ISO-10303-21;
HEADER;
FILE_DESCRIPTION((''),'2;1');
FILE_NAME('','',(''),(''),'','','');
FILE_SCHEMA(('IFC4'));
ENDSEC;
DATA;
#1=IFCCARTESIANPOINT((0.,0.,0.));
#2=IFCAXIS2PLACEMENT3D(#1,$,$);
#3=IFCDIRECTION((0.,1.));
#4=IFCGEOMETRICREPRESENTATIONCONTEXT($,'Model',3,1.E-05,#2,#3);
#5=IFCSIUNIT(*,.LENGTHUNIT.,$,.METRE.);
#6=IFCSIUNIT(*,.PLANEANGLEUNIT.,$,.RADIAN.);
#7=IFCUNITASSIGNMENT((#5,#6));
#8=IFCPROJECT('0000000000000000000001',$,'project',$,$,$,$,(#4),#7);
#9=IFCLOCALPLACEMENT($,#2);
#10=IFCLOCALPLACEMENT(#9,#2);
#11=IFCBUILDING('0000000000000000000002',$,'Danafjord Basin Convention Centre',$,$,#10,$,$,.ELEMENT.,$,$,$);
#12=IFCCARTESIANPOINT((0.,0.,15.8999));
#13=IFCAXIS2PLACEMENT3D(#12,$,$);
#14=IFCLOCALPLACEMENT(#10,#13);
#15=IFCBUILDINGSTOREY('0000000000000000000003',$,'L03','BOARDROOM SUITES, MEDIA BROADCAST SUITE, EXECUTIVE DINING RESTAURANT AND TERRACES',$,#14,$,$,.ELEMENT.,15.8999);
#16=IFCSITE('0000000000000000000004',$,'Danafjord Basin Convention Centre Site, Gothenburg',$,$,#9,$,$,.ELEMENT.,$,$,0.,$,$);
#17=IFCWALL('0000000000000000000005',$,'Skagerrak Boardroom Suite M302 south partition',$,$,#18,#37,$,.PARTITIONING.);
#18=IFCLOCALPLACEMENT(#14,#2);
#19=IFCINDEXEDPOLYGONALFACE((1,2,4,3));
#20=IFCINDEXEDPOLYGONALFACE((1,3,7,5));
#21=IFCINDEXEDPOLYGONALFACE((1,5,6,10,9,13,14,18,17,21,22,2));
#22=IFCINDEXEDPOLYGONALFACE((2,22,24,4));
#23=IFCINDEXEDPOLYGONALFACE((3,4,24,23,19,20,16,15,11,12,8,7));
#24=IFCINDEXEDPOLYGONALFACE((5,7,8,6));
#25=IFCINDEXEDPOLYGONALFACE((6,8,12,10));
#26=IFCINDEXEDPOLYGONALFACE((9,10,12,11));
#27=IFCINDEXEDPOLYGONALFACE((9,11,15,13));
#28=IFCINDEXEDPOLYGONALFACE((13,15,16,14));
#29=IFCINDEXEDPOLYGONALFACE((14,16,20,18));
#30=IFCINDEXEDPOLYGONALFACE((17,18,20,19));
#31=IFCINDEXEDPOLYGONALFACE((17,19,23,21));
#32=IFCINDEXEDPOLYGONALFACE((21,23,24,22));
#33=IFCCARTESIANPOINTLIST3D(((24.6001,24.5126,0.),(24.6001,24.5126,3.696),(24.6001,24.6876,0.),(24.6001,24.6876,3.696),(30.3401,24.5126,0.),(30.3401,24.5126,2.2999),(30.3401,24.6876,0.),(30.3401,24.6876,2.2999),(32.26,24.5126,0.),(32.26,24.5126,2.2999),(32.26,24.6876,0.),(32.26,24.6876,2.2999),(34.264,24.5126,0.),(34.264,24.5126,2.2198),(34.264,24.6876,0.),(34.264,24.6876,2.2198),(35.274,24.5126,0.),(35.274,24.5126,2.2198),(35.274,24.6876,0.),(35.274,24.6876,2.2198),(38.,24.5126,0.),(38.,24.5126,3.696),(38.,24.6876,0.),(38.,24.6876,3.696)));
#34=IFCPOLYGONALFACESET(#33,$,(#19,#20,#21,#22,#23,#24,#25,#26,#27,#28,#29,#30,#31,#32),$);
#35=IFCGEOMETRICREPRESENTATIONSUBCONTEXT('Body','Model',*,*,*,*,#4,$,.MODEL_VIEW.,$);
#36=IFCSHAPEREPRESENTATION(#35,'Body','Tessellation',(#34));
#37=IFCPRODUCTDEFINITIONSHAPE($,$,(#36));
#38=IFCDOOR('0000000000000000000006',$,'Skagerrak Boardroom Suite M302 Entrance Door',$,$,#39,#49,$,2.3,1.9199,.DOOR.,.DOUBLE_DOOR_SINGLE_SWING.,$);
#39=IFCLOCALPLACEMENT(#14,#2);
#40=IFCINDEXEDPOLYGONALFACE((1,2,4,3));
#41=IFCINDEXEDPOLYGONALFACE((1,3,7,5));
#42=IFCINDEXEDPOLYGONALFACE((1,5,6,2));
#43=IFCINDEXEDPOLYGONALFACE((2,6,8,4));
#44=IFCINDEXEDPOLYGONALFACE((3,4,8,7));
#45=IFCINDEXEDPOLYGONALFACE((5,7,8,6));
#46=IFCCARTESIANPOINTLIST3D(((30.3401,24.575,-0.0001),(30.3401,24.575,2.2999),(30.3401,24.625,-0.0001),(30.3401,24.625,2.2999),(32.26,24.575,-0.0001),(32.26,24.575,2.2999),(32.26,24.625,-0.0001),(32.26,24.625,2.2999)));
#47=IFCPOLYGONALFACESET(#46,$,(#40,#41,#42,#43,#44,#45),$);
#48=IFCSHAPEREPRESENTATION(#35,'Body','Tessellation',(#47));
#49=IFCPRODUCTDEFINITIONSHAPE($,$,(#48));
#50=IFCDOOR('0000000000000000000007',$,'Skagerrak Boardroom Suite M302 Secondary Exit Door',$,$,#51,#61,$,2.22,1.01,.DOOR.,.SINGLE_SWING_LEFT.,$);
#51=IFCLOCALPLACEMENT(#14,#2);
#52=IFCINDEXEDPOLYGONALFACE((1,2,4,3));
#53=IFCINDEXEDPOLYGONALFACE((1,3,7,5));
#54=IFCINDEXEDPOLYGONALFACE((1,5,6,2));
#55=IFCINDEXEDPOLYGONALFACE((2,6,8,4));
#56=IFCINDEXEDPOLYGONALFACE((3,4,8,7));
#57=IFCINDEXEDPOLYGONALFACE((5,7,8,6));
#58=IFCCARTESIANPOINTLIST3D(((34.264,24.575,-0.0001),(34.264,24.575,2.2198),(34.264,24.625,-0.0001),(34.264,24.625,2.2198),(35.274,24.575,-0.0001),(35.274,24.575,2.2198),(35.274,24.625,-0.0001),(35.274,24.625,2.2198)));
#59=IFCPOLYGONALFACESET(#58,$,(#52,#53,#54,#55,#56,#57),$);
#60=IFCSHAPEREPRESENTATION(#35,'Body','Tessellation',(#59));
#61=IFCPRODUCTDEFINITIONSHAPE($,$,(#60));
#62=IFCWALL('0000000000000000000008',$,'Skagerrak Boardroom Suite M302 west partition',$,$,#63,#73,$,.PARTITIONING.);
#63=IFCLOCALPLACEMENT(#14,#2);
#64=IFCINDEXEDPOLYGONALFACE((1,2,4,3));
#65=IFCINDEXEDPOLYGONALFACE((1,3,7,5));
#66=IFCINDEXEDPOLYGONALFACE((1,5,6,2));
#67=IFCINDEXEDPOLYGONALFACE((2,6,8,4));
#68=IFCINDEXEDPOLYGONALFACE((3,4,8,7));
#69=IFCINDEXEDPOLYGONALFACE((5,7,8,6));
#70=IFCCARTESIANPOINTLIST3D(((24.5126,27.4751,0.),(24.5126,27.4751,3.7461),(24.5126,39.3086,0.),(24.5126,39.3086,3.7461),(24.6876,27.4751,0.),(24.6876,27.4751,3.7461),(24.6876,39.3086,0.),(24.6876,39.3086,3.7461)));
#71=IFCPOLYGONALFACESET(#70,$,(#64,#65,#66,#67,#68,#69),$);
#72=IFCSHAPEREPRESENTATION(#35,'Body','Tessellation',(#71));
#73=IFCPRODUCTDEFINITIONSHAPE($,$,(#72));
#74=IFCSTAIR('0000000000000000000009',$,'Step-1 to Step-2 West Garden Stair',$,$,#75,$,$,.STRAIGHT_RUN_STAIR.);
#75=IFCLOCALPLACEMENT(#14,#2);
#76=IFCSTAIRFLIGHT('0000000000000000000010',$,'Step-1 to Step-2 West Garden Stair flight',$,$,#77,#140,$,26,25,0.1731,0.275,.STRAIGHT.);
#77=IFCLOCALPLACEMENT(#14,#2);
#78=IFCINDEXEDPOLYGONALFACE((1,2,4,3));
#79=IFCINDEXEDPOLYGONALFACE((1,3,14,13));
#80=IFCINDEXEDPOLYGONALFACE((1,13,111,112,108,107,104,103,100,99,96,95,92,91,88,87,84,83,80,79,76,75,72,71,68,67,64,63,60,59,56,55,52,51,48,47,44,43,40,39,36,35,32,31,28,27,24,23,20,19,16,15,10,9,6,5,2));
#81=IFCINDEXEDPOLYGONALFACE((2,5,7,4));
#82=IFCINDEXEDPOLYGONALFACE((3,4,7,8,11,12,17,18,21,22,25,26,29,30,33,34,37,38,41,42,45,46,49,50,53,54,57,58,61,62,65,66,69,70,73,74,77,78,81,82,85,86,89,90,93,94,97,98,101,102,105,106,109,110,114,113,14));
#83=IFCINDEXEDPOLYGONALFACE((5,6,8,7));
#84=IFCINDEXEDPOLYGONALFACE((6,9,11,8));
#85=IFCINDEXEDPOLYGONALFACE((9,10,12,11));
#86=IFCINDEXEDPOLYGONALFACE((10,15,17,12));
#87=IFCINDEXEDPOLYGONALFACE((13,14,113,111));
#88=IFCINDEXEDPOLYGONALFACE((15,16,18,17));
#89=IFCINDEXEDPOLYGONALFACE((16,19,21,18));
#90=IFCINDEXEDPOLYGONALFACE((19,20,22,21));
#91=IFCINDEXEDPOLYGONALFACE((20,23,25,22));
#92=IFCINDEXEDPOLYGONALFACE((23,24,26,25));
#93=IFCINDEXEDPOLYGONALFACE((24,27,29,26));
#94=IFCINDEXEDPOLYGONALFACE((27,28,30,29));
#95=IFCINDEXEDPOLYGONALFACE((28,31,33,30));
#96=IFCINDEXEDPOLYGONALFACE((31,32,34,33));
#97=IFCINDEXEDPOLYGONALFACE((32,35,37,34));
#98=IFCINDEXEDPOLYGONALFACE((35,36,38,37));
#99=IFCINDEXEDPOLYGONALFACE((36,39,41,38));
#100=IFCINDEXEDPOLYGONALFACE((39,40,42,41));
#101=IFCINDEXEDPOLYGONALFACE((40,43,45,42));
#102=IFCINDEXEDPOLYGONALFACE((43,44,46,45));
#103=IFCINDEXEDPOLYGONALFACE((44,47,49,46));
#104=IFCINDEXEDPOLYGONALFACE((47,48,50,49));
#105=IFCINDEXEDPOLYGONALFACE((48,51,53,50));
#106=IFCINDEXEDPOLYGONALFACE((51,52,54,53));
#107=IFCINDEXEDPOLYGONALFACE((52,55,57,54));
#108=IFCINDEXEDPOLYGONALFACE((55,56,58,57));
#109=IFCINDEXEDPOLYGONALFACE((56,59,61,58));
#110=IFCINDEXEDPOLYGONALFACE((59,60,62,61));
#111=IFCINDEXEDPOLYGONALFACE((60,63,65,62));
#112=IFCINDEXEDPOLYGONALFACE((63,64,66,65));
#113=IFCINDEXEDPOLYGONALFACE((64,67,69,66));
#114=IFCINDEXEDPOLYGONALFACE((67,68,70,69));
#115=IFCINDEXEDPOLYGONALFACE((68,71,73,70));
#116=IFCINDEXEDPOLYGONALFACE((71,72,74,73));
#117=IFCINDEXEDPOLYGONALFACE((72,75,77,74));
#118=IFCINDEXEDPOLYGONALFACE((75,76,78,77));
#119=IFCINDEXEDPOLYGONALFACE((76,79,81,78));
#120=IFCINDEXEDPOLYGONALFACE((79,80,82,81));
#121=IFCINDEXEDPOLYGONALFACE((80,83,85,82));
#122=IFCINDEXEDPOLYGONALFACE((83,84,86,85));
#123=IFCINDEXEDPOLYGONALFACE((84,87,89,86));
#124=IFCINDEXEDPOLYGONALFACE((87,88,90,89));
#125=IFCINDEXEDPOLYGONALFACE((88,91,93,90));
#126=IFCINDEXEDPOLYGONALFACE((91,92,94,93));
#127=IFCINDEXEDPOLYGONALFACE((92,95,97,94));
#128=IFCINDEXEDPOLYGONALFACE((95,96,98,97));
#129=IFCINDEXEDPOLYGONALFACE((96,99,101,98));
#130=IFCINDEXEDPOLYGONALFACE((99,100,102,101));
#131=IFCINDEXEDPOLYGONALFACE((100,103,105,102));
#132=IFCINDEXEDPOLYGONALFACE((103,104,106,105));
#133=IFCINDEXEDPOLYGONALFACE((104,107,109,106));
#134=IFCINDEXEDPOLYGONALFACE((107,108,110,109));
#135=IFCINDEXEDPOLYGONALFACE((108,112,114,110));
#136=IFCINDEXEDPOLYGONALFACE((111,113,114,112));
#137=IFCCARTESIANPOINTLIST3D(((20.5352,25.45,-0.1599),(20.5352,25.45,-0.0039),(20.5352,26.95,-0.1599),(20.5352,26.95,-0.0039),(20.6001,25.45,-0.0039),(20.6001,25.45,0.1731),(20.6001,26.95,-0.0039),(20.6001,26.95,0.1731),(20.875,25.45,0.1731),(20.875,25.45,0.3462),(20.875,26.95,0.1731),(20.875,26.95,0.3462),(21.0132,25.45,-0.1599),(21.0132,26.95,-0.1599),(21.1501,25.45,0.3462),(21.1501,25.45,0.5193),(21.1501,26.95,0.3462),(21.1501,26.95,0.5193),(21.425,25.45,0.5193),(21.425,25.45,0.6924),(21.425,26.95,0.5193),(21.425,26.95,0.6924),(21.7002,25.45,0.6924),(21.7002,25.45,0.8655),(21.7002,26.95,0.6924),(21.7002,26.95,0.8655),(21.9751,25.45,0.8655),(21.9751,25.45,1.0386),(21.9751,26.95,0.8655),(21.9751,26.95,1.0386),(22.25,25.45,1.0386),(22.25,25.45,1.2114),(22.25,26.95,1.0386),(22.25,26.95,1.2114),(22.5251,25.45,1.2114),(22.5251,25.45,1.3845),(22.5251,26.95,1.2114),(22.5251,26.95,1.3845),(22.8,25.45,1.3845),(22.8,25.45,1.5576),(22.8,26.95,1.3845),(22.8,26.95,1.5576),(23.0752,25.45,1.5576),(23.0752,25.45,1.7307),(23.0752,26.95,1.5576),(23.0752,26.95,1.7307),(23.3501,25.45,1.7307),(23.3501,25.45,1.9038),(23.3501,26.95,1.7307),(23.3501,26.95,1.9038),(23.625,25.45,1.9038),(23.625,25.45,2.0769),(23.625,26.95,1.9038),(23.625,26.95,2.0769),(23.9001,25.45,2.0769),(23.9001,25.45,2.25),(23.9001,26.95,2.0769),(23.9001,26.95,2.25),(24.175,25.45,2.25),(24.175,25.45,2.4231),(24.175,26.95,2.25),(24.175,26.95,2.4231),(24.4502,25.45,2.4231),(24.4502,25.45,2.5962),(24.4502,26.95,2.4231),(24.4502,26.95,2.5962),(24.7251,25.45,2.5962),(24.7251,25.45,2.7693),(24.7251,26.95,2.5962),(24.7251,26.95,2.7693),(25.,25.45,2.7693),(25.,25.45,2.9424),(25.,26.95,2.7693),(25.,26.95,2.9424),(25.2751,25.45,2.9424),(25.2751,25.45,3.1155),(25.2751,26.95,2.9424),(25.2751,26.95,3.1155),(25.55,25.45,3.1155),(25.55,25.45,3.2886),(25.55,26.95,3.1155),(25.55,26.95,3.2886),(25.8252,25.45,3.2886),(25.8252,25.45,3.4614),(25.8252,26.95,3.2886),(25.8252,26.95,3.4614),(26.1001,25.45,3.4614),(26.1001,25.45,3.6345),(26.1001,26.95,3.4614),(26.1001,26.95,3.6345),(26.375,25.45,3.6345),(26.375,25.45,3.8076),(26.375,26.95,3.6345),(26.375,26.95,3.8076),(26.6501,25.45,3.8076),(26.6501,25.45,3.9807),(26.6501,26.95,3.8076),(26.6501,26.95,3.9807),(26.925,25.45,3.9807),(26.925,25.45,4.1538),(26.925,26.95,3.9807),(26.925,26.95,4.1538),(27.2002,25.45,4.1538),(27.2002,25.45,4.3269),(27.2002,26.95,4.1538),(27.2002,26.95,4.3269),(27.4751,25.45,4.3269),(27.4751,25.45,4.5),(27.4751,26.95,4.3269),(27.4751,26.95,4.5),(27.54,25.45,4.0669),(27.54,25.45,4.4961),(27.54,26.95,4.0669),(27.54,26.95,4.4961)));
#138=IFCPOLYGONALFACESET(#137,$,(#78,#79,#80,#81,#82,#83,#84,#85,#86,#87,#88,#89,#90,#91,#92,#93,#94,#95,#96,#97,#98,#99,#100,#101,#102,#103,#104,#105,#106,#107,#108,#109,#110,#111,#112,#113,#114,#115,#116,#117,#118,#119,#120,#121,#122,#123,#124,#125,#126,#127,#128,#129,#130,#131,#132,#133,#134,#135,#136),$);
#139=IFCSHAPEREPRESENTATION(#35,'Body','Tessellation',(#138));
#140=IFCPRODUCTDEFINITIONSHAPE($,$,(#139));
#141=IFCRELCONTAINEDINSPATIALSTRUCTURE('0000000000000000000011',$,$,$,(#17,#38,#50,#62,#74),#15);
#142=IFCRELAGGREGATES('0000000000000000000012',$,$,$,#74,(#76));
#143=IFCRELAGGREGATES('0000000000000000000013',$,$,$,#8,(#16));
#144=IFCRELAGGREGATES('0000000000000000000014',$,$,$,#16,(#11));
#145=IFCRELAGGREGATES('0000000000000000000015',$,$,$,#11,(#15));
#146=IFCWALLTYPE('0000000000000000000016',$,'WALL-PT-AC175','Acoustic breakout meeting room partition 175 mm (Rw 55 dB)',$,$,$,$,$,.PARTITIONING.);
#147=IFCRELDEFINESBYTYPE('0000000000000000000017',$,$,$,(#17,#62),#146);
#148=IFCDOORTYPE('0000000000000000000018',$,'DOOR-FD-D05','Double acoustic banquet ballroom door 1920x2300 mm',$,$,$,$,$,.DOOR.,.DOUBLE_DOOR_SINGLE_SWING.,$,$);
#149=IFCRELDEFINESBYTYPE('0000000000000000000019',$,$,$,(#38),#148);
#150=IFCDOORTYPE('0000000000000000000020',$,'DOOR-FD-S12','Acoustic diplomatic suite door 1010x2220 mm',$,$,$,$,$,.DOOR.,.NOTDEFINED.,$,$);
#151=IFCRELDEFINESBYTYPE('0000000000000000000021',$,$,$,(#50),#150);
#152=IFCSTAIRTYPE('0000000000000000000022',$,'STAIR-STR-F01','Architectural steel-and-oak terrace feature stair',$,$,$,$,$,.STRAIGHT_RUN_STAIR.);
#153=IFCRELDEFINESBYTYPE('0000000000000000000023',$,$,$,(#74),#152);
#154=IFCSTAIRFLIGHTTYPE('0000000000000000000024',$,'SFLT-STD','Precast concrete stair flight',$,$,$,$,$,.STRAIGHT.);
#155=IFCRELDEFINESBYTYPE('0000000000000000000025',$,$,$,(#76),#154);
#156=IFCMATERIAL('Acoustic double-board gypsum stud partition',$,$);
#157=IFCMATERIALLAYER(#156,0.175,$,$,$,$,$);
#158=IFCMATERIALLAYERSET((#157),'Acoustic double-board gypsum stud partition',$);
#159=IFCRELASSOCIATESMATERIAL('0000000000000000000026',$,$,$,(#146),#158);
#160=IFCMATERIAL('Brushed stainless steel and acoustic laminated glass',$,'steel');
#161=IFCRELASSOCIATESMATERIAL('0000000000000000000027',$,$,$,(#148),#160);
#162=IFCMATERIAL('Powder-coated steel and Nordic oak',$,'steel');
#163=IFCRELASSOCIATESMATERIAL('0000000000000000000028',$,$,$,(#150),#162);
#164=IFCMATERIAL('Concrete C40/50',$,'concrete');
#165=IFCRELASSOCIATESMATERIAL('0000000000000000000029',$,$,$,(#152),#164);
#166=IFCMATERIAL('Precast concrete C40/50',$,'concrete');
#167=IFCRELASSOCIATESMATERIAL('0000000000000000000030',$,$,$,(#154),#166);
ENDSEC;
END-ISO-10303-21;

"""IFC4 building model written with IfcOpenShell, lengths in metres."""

from ifc_helpers import new_model, si_unit, direction, frame, frame_2d, origin, place, context, subcontext, project, spatial, polyline, rectangle, outline, extrude, material, layer, layer_set, type_object, element, fill, aggregate, save


model = new_model("IFC4")

# Units and contexts
model_context = context("Model", 3, precision=1e-05, world=origin(), true_north=direction((0.0, 1.0)))
body_context = subcontext(model_context, "Body", "Model", "MODEL_VIEW")
ifc_project = project(units=[si_unit("LENGTHUNIT", "METRE"), si_unit("PLANEANGLEUNIT", "RADIAN")], contexts=[model_context])

# Site, building, storey
site_placement = place(None, origin())
site = spatial("IfcSite", under=ifc_project, at=site_placement, Name="Danafjord Basin Convention Centre Site, Gothenburg", CompositionType="ELEMENT", RefElevation=0.0)
building_placement = place(site_placement, origin())
building = spatial("IfcBuilding", under=site, at=building_placement, Name="Danafjord Basin Convention Centre", CompositionType="ELEMENT")
storey_placement = place(building_placement, frame((0.0, 0.0, 15.8999)))
storey = spatial("IfcBuildingStorey", under=building, at=storey_placement, Name="L03", Description="BOARDROOM SUITES, MEDIA BROADCAST SUITE, EXECUTIVE DINING RESTAURANT AND TERRACES", CompositionType="ELEMENT", Elevation=15.8999)

# Shared definitions
ifc_material_1 = material(Name="Concrete C40/50", Category="concrete")

# Shared definitions
ifc_material_2 = material(Name="Brushed stainless steel and acoustic laminated glass", Category="steel")

# Shared definitions
ifc_material_3 = material(Name="Acoustic double-board gypsum stud partition")
ifc_layer_1 = layer(ifc_material_3, 0.175)
ifc_layer_set_1 = layer_set([ifc_layer_1], Name="Acoustic double-board gypsum stud partition")
wall_type_1 = type_object("IfcWallType", Name="WALL-PT-AC175", Description="Acoustic breakout meeting room partition 175 mm (Rw 55 dB)", PredefinedType="PARTITIONING", material=ifc_layer_set_1)

# Wall, openings, doors
wall_1_placement = place(storey_placement, frame((24.6001, 24.6001, 0.0), z_axis=(0.0, 0.0, 1.0), x_axis=(1.0, 0.0, 0.0)))
wall_1 = element("IfcWall", 1, at=wall_1_placement, inside=storey, type_object=wall_type_1, Name="Skagerrak Boardroom Suite M302 south partition", PredefinedType="PARTITIONING", context=body_context, shape_type="SweptSolid", body=[
    extrude(rectangle(XDim=13.3999, YDim=0.175, at=frame_2d((6.7, 0.0))), origin(), (0.0, 0.0, 1.0), 3.696),
])
opening_1_placement = place(wall_1_placement, frame((5.74, 0.0, 0.0)))
opening_1 = element("IfcOpeningElement", 2, at=opening_1_placement, cuts=wall_1, PredefinedType="OPENING", context=body_context, shape_type="SweptSolid", body=[
    extrude(rectangle(XDim=1.9199, YDim=2.3, at=frame_2d((0.96, 1.1499))), frame((0.0, 0.0974, 0.0), z_axis=(0.0, -1.0, 0.0), x_axis=(1.0, 0.0, 0.0)), (0.0, 0.0, 1.0), 0.1951),
])
opening_2_placement = place(wall_1_placement, frame((9.6641, 0.0, 0.0)))
opening_2 = element("IfcOpeningElement", 3, at=opening_2_placement, cuts=wall_1, PredefinedType="OPENING", context=body_context, shape_type="SweptSolid", body=[
    extrude(rectangle(XDim=1.01, YDim=2.22, at=frame_2d((0.5049, 1.1099))), frame((0.0, 0.0974, 0.0), z_axis=(0.0, -1.0, 0.0), x_axis=(1.0, 0.0, 0.0)), (0.0, 0.0, 1.0), 0.1951),
])
door_type_1 = type_object("IfcDoorType", Name="DOOR-FD-D05", Description="Double acoustic banquet ballroom door 1920x2300 mm", OperationType="DOUBLE_DOOR_SINGLE_SWING", PredefinedType="DOOR", material=ifc_material_2)
door_1_placement = place(opening_1_placement, origin())
door_1 = element("IfcDoor", 4, at=door_1_placement, inside=storey, type_object=door_type_1, Name="Skagerrak Boardroom Suite M302 Entrance Door", OperationType="DOUBLE_DOOR_SINGLE_SWING", OverallHeight=2.3, OverallWidth=1.9199, PredefinedType="DOOR", context=body_context, shape_type="SweptSolid", body=[
    extrude(rectangle(XDim=1.9199, YDim=2.3, at=frame_2d((0.96, 1.1499))), frame((0.0, 0.0249, 0.0), z_axis=(0.0, -1.0, 0.0), x_axis=(1.0, 0.0, 0.0)), (0.0, 0.0, 1.0), 0.05),
])
fill(opening_1, door_1)
ifc_material_4 = material(Name="Powder-coated steel and Nordic oak", Category="steel")
door_type_2 = type_object("IfcDoorType", Name="DOOR-FD-S12", Description="Acoustic diplomatic suite door 1010x2220 mm", OperationType="NOTDEFINED", PredefinedType="DOOR", material=ifc_material_4)
door_2_placement = place(opening_2_placement, origin())
door_2 = element("IfcDoor", 5, at=door_2_placement, inside=storey, type_object=door_type_2, Name="Skagerrak Boardroom Suite M302 Secondary Exit Door", OperationType="SINGLE_SWING_LEFT", OverallHeight=2.22, OverallWidth=1.01, PredefinedType="DOOR", context=body_context, shape_type="SweptSolid", body=[
    extrude(rectangle(XDim=1.01, YDim=2.22, at=frame_2d((0.5049, 1.1099))), frame((0.0, 0.0249, 0.0), z_axis=(0.0, -1.0, 0.0), x_axis=(1.0, 0.0, 0.0)), (0.0, 0.0, 1.0), 0.05),
])
fill(opening_2, door_2)

# Wall
wall_2_placement = place(storey_placement, frame((24.6001, 39.3086, 0.0), z_axis=(0.0, 0.0, 1.0), x_axis=(0.0, -1.0, 0.0)))
element("IfcWall", 6, at=wall_2_placement, inside=storey, type_object=wall_type_1, Name="Skagerrak Boardroom Suite M302 west partition", PredefinedType="PARTITIONING", context=body_context, shape_type="SweptSolid", body=[
    extrude(rectangle(XDim=11.8335, YDim=0.175, at=frame_2d((5.9167, 0.0))), origin(), (0.0, 0.0, 1.0), 3.7461),
])

# Stair, stair flight
stair_type = type_object("IfcStairType", Name="STAIR-STR-F01", Description="Architectural steel-and-oak terrace feature stair", PredefinedType="STRAIGHT_RUN_STAIR", material=ifc_material_1)
stair_placement = place(storey_placement, origin())
stair = element("IfcStair", 7, at=stair_placement, inside=storey, type_object=stair_type, Name="Step-1 to Step-2 West Garden Stair", PredefinedType="STRAIGHT_RUN_STAIR")
ifc_material_5 = material(Name="Precast concrete C40/50", Category="concrete")
stair_flight_type = type_object("IfcStairFlightType", Name="SFLT-STD", Description="Precast concrete stair flight", PredefinedType="STRAIGHT", material=ifc_material_5)
stair_flight_placement = place(storey_placement, frame((20.6001, 26.2, 0.0), z_axis=(0.0, 0.0, 1.0), x_axis=(1.0, 0.0, 0.0)))
stair_flight = element("IfcStairFlight", 8, at=stair_flight_placement, type_object=stair_flight_type, Name="Step-1 to Step-2 West Garden Stair flight", NumberOfRisers=26, NumberOfTreads=25, PredefinedType="STRAIGHT", RiserHeight=0.1731, TreadLength=0.275, context=body_context, shape_type="SweptSolid", body=[
    extrude(outline(polyline([(-0.0649, -0.1599), (-0.0649, -0.0039), (0.0, -0.0039), (0.0, 0.1731), (0.2749, 0.1731), (0.2749, 0.3462), (0.55, 0.3462), (0.55, 0.5193), (0.825, 0.5193), (0.825, 0.6924), (1.1001, 0.6924), (1.1001, 0.8655), (1.375, 0.8655), (1.375, 1.0386), (1.6499, 1.0386), (1.6499, 1.2114), (1.925, 1.2114), (1.925, 1.3845), (2.2, 1.3845), (2.2, 1.5576), (2.4751, 1.5576), (2.4751, 1.7307), (2.75, 1.7307), (2.75, 1.9038), (3.0249, 1.9038), (3.0249, 2.0769), (3.3, 2.0769), (3.3, 2.25), (3.575, 2.25), (3.575, 2.4231), (3.8501, 2.4231), (3.8501, 2.5962), (4.125, 2.5962), (4.125, 2.7693), (4.3999, 2.7693), (4.3999, 2.9424), (4.675, 2.9424), (4.675, 3.1155), (4.95, 3.1155), (4.95, 3.2886), (5.2251, 3.2886), (5.2251, 3.4614), (5.5, 3.4614), (5.5, 3.6345), (5.7749, 3.6345), (5.7749, 3.8076), (6.05, 3.8076), (6.05, 3.9807), (6.325, 3.9807), (6.325, 4.1538), (6.6001, 4.1538), (6.6001, 4.3269), (6.875, 4.3269), (6.875, 4.5), (6.9399, 4.4961), (6.9399, 4.0669), (0.4131, -0.1599), (-0.0649, -0.1599)])), frame((0.0, 0.75, 0.0), z_axis=(0.0, -1.0, 0.0), x_axis=(1.0, 0.0, 0.0)), (0.0, 0.0, 1.0), 1.5),
])
aggregate(stair, [stair_flight])

save(model, "model.ifc")
